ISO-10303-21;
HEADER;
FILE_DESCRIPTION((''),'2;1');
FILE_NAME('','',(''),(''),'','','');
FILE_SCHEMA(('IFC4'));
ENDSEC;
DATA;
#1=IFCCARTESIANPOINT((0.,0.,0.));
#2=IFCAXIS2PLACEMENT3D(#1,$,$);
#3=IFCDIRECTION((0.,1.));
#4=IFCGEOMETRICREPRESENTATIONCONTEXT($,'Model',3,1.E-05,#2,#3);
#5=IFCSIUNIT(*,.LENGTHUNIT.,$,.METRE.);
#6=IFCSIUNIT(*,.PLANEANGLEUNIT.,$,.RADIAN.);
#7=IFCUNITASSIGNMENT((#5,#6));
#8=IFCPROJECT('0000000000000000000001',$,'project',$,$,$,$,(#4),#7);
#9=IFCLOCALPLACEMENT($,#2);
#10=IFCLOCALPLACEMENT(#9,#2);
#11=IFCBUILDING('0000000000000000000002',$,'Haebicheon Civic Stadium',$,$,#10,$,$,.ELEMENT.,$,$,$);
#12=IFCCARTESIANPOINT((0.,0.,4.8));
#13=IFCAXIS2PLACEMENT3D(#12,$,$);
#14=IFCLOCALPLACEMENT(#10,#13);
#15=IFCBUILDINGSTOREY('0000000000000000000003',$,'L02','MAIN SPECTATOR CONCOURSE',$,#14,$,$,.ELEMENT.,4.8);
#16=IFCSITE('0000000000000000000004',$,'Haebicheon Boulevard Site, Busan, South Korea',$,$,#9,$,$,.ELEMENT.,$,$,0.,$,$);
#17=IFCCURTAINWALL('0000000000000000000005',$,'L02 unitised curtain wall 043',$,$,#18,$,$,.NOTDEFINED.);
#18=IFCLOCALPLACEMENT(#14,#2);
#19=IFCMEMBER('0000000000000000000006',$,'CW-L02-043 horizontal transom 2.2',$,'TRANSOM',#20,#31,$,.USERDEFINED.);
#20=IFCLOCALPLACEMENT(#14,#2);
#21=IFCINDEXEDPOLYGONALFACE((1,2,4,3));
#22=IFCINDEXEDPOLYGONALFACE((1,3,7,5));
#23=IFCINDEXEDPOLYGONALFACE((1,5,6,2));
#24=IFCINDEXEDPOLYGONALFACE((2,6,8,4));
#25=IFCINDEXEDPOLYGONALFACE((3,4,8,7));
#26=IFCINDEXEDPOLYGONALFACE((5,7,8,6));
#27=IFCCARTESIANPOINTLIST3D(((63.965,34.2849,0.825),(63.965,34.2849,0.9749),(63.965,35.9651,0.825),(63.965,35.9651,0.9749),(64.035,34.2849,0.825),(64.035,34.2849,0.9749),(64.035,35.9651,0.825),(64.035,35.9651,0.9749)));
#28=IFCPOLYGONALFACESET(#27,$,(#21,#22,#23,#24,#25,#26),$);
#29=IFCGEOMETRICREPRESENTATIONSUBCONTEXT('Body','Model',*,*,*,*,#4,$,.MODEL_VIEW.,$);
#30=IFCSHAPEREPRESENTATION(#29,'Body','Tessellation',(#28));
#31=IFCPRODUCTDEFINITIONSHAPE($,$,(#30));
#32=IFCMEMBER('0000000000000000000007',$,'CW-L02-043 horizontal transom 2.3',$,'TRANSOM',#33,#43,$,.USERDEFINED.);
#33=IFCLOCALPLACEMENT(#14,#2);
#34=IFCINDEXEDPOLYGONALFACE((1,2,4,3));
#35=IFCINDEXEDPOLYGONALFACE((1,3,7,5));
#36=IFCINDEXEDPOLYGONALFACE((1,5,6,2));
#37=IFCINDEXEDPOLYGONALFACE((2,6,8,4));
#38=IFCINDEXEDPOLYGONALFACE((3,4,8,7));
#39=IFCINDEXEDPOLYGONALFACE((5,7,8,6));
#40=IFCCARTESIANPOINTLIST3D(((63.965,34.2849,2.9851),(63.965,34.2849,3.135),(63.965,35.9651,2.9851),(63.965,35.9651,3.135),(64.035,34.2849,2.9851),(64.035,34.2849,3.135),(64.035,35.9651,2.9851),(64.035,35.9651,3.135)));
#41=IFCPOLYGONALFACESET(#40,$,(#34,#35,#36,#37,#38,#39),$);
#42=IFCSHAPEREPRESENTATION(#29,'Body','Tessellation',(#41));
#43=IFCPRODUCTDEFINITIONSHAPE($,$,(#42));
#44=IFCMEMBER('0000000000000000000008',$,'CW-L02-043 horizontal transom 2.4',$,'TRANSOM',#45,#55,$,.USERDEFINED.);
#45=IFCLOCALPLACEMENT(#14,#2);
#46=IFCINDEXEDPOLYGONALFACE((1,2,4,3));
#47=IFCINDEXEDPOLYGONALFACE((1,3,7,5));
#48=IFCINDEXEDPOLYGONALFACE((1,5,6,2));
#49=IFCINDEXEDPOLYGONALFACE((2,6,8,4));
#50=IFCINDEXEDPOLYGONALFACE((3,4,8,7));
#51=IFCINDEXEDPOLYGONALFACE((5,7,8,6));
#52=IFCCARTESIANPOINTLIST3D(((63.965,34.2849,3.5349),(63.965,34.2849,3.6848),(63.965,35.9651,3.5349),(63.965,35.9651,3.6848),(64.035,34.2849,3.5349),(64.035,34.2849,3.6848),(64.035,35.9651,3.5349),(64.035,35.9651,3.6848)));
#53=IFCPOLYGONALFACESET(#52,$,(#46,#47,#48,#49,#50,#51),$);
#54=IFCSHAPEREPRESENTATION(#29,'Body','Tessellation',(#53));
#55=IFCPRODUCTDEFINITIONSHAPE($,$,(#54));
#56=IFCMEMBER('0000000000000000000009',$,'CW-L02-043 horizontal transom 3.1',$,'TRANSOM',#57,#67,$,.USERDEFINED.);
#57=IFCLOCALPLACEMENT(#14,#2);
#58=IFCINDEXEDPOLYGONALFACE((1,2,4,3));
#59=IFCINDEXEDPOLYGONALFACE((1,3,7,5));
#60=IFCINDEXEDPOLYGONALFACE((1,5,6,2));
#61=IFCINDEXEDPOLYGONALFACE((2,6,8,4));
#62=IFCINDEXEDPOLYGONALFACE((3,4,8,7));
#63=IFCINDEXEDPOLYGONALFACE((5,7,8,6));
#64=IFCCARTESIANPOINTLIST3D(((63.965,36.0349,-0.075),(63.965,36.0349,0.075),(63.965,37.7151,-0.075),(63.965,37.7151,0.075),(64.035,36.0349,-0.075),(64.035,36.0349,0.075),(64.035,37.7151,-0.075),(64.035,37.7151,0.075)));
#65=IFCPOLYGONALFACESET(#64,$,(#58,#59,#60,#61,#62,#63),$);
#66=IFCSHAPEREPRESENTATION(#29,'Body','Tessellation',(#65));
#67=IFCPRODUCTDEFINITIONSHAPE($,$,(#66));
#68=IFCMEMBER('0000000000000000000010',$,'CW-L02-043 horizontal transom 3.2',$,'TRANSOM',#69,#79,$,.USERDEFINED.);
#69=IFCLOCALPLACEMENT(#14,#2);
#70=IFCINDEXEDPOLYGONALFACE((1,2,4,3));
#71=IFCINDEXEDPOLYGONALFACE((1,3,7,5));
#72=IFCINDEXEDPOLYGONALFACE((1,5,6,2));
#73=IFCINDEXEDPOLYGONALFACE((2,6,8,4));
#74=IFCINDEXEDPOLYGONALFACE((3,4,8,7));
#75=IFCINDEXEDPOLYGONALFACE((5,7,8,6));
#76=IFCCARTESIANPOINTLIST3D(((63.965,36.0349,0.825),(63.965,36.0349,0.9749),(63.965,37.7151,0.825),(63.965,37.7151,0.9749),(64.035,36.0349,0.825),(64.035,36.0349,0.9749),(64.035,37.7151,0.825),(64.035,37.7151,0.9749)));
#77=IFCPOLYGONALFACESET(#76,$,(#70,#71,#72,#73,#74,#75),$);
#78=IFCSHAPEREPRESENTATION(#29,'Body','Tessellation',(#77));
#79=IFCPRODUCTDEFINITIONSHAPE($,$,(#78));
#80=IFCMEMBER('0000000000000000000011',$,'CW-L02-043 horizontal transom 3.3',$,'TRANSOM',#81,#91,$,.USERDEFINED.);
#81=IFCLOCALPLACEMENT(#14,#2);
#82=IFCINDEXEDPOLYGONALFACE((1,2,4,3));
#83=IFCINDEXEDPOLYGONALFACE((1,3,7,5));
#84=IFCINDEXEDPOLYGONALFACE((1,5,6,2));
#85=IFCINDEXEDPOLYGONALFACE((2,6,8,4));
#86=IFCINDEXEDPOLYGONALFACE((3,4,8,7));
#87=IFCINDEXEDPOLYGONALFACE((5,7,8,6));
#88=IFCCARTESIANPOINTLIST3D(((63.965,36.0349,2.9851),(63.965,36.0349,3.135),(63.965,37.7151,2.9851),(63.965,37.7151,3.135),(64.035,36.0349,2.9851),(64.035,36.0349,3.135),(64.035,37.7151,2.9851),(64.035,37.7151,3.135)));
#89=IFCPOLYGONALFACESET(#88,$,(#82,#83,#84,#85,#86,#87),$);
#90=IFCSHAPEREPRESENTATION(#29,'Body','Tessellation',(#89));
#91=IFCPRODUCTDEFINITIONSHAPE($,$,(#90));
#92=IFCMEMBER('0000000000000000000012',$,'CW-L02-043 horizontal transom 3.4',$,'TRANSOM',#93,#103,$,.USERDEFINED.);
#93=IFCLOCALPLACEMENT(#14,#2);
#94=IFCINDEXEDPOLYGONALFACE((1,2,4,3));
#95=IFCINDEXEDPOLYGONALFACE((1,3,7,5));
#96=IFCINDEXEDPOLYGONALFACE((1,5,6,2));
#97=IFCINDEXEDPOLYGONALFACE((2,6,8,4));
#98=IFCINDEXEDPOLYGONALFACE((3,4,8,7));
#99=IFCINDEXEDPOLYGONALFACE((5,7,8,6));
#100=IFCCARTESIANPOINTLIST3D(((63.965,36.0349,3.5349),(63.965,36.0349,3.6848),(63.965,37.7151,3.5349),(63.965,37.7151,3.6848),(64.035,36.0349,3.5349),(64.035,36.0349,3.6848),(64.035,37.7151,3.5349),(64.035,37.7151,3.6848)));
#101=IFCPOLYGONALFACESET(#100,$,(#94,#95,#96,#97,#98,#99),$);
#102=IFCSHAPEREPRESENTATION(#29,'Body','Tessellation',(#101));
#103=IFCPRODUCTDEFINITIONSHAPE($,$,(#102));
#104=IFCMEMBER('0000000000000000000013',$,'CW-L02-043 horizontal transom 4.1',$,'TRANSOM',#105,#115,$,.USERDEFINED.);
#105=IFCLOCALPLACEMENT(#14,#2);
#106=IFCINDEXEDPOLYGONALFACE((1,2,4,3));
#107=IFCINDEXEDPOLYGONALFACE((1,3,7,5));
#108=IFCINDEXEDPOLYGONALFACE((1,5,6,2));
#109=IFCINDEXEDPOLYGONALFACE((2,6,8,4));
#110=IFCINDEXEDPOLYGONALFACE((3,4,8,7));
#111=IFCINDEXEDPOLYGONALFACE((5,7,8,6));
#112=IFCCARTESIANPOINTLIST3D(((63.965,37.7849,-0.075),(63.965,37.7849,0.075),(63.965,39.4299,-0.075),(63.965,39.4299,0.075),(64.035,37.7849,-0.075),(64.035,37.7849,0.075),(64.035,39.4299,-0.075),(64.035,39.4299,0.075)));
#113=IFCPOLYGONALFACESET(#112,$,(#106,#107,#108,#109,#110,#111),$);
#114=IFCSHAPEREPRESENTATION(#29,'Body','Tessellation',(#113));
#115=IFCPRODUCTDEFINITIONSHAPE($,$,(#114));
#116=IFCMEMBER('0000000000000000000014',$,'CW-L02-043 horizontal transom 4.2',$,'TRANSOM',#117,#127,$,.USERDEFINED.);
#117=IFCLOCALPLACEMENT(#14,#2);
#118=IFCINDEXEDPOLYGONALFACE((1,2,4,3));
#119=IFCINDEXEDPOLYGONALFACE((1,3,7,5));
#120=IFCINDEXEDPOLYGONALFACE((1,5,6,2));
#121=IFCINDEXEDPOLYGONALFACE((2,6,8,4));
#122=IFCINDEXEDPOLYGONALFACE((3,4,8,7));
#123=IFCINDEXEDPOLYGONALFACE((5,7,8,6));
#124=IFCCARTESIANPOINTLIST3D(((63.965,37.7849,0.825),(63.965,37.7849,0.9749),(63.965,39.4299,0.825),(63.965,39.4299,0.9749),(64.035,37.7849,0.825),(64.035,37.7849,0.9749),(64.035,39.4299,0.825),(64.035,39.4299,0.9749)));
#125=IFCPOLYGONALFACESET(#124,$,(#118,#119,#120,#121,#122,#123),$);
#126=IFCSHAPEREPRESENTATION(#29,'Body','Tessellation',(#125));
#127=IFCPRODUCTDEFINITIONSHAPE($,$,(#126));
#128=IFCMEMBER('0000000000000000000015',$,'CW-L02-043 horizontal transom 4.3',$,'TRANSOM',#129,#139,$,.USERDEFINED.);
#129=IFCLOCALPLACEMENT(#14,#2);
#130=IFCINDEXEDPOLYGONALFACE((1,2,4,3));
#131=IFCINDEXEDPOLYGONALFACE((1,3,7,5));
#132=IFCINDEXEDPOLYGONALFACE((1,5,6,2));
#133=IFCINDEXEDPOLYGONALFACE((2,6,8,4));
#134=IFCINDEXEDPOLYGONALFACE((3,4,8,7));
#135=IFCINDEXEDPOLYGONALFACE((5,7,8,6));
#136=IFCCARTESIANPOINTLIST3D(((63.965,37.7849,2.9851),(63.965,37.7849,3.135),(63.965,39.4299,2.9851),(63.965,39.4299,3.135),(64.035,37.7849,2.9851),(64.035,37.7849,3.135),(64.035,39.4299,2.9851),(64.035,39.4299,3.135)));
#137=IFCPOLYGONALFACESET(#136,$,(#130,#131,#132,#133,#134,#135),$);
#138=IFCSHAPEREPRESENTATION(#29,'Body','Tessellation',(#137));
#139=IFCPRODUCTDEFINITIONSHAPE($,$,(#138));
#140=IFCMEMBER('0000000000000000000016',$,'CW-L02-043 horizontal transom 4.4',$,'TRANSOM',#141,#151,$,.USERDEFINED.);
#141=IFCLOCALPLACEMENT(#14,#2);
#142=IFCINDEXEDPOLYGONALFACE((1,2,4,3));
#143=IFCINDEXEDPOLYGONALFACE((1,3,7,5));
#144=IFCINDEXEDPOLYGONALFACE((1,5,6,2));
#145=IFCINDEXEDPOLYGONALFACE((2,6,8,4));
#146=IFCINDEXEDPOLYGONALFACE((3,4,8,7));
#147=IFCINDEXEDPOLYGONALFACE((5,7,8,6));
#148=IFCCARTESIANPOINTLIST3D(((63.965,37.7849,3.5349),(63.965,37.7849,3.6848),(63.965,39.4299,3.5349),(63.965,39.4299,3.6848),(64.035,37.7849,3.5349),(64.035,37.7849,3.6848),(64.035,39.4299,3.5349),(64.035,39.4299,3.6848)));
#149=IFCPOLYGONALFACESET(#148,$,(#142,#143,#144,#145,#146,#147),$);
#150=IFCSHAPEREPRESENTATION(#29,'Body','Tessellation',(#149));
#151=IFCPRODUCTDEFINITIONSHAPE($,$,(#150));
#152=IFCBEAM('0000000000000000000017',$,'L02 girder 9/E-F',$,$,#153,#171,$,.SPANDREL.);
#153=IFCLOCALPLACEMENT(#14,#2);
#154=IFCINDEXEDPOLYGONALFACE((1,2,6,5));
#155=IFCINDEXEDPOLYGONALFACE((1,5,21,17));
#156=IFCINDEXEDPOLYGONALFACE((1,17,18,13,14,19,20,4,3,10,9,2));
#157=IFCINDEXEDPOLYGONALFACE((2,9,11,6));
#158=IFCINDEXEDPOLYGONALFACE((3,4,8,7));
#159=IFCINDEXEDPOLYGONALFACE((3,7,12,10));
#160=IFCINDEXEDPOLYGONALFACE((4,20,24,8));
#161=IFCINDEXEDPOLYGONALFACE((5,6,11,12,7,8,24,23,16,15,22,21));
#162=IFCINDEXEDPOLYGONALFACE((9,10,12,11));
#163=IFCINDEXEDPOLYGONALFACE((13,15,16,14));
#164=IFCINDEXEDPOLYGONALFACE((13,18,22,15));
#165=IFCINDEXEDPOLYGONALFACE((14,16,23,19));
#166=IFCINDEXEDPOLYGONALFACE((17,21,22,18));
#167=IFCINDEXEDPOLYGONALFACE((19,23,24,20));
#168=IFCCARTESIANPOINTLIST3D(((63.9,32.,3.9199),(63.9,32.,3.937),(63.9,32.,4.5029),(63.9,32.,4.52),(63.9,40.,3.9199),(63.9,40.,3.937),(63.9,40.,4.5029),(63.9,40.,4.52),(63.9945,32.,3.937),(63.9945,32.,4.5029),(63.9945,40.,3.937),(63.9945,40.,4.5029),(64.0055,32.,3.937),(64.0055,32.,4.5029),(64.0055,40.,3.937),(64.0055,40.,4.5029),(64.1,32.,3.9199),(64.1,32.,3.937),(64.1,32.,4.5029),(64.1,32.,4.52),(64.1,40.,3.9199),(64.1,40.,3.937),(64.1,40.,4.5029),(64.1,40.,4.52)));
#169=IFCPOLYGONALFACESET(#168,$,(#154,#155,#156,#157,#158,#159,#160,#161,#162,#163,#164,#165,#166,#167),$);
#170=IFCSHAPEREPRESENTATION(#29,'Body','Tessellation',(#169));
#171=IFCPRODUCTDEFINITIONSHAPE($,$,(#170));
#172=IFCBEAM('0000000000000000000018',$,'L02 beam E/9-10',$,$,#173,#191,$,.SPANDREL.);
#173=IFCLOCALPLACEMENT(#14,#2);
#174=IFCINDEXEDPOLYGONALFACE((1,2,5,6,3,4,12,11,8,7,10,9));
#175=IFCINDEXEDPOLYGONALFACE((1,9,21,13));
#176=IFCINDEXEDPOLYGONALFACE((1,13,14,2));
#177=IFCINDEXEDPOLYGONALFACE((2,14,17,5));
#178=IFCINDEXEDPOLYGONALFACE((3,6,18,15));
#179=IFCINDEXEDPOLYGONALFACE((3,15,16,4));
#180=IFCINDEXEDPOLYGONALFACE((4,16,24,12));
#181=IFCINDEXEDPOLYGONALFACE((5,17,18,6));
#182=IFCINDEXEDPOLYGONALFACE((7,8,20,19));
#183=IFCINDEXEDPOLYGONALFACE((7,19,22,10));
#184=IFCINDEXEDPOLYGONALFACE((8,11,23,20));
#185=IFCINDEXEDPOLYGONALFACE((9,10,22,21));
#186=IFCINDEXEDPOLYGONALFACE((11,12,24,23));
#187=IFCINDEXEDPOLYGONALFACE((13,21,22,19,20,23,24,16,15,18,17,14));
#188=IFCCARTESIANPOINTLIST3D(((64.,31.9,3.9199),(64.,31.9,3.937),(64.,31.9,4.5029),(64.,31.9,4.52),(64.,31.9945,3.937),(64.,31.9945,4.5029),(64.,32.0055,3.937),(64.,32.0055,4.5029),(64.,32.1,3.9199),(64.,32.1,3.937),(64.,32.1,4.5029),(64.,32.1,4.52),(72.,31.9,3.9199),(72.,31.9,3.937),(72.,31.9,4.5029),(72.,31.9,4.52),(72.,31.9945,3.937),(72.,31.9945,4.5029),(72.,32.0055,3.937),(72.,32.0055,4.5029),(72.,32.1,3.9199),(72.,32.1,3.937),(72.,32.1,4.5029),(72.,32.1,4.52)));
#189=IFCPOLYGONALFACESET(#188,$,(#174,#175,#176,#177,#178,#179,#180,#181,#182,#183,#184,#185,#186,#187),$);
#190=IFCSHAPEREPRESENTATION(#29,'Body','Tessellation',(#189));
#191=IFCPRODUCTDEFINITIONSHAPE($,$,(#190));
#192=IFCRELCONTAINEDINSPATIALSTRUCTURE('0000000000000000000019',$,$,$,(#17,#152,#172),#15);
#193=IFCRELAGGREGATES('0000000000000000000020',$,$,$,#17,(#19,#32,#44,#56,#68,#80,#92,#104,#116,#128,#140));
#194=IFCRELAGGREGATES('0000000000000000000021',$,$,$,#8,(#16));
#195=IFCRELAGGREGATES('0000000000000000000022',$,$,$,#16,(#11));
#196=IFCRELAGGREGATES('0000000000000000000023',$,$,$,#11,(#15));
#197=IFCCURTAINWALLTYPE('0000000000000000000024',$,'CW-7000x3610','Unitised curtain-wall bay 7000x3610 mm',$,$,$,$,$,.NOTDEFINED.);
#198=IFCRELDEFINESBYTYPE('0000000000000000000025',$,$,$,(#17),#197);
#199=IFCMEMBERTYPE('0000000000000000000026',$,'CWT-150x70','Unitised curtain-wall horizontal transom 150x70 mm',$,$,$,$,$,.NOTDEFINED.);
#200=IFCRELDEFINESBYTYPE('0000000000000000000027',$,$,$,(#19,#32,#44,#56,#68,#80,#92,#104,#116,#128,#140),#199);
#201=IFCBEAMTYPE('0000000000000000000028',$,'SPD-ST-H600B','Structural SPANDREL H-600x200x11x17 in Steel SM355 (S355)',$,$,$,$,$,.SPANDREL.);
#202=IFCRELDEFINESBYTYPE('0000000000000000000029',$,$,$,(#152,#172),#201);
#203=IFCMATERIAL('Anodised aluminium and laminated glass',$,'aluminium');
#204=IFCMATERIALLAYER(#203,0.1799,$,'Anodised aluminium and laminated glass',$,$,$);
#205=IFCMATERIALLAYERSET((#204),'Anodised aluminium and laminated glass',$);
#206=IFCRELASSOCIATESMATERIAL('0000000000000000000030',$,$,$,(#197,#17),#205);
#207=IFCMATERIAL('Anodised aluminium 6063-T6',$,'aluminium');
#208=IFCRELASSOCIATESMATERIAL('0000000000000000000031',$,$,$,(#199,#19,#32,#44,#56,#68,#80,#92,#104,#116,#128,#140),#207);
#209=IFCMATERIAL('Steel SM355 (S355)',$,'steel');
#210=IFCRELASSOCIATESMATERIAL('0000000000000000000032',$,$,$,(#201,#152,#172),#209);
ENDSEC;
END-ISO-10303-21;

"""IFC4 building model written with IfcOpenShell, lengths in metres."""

from ifc_helpers import new_model, si_unit, direction, frame, origin, origin_2d, place, context, subcontext, project, spatial, rectangle, i_section, extrude, material, layer, layer_set, material_profile, profile_set, type_object, element, aggregate, save


model = new_model("IFC4")

# Units and contexts
model_context = context("Model", 3, precision=1e-05, world=origin(), true_north=direction((0.0, 1.0)))
body_context = subcontext(model_context, "Body", "Model", "MODEL_VIEW")
ifc_project = project(units=[si_unit("LENGTHUNIT", "METRE"), si_unit("PLANEANGLEUNIT", "RADIAN")], contexts=[model_context])

# Site, building, storey
site_placement = place(None, origin())
site = spatial("IfcSite", under=ifc_project, at=site_placement, Name="Haebicheon Boulevard Site, Busan, South Korea", CompositionType="ELEMENT", RefElevation=0.0)
building_placement = place(site_placement, origin())
building = spatial("IfcBuilding", under=site, at=building_placement, Name="Haebicheon Civic Stadium", CompositionType="ELEMENT")
storey_placement = place(building_placement, frame((0.0, 0.0, 4.8)))
storey = spatial("IfcBuildingStorey", under=building, at=storey_placement, Name="L02", Description="MAIN SPECTATOR CONCOURSE", CompositionType="ELEMENT", Elevation=4.8)

# Curtain wall, members
ifc_material_1 = material(Name="Anodised aluminium and laminated glass", Category="aluminium")
ifc_layer_1 = layer(ifc_material_1, 0.1799, Name="Anodised aluminium and laminated glass")
ifc_layer_set_1 = layer_set([ifc_layer_1], Name="Anodised aluminium and laminated glass")
curtain_wall_type = type_object("IfcCurtainWallType", Name="CW-7000x3610", Description="Unitised curtain-wall bay 7000x3610 mm", PredefinedType="NOTDEFINED", material=ifc_layer_set_1)
curtain_wall_placement = place(storey_placement, origin())
curtain_wall = element("IfcCurtainWall", 1, at=curtain_wall_placement, inside=storey, type_object=curtain_wall_type, material=ifc_layer_set_1, Name="L02 unitised curtain wall 043", PredefinedType="NOTDEFINED")
ifc_material_2 = material(Name="Anodised aluminium 6063-T6", Category="aluminium")
ifc_material_profile_1 = material_profile(ifc_material_2, rectangle(XDim=0.0701, YDim=0.1499, at=origin_2d()), Name="ALU-TRAN-70x150")
ifc_profile_set_1 = profile_set([ifc_material_profile_1], Name="Anodised aluminium 6063-T6")
member_type_1 = type_object("IfcMemberType", Name="CWT-150x70", Description="Unitised curtain-wall horizontal transom 150x70 mm", PredefinedType="NOTDEFINED", material=ifc_profile_set_1)
member_1_placement = place(storey_placement, frame((64.0, 34.2849, 0.8999), z_axis=(0.0, 1.0, 0.0), x_axis=(-1.0, 0.0, 0.0)))
member_1 = element("IfcMember", 2, at=member_1_placement, type_object=member_type_1, material=ifc_profile_set_1, Name="CW-L02-043 horizontal transom 2.2", ObjectType="TRANSOM", PredefinedType="USERDEFINED", context=body_context, shape_type="SweptSolid", body=[
    extrude(rectangle(XDim=0.0701, YDim=0.1499, at=origin_2d()), origin(), (0.0, 0.0, 1.0), 1.6802),
])
member_2_placement = place(storey_placement, frame((64.0, 34.2849, 3.0601), z_axis=(0.0, 1.0, 0.0), x_axis=(-1.0, 0.0, 0.0)))
member_2 = element("IfcMember", 3, at=member_2_placement, type_object=member_type_1, material=ifc_profile_set_1, Name="CW-L02-043 horizontal transom 2.3", ObjectType="TRANSOM", PredefinedType="USERDEFINED", context=body_context, shape_type="SweptSolid", body=[
    extrude(rectangle(XDim=0.0701, YDim=0.1499, at=origin_2d()), origin(), (0.0, 0.0, 1.0), 1.6802),
])
member_3_placement = place(storey_placement, frame((64.0, 34.2849, 3.6099), z_axis=(0.0, 1.0, 0.0), x_axis=(-1.0, 0.0, 0.0)))
member_3 = element("IfcMember", 4, at=member_3_placement, type_object=member_type_1, material=ifc_profile_set_1, Name="CW-L02-043 horizontal transom 2.4", ObjectType="TRANSOM", PredefinedType="USERDEFINED", context=body_context, shape_type="SweptSolid", body=[
    extrude(rectangle(XDim=0.0701, YDim=0.1499, at=origin_2d()), origin(), (0.0, 0.0, 1.0), 1.6802),
])
member_4_placement = place(storey_placement, frame((64.0, 36.0349, 0.0), z_axis=(0.0, 1.0, 0.0), x_axis=(-1.0, 0.0, 0.0)))
member_4 = element("IfcMember", 5, at=member_4_placement, type_object=member_type_1, material=ifc_profile_set_1, Name="CW-L02-043 horizontal transom 3.1", ObjectType="TRANSOM", PredefinedType="USERDEFINED", context=body_context, shape_type="SweptSolid", body=[
    extrude(rectangle(XDim=0.0701, YDim=0.1499, at=origin_2d()), origin(), (0.0, 0.0, 1.0), 1.6802),
])
member_5_placement = place(storey_placement, frame((64.0, 36.0349, 0.8999), z_axis=(0.0, 1.0, 0.0), x_axis=(-1.0, 0.0, 0.0)))
member_5 = element("IfcMember", 6, at=member_5_placement, type_object=member_type_1, material=ifc_profile_set_1, Name="CW-L02-043 horizontal transom 3.2", ObjectType="TRANSOM", PredefinedType="USERDEFINED", context=body_context, shape_type="SweptSolid", body=[
    extrude(rectangle(XDim=0.0701, YDim=0.1499, at=origin_2d()), origin(), (0.0, 0.0, 1.0), 1.6802),
])
member_6_placement = place(storey_placement, frame((64.0, 36.0349, 3.0601), z_axis=(0.0, 1.0, 0.0), x_axis=(-1.0, 0.0, 0.0)))
member_6 = element("IfcMember", 7, at=member_6_placement, type_object=member_type_1, material=ifc_profile_set_1, Name="CW-L02-043 horizontal transom 3.3", ObjectType="TRANSOM", PredefinedType="USERDEFINED", context=body_context, shape_type="SweptSolid", body=[
    extrude(rectangle(XDim=0.0701, YDim=0.1499, at=origin_2d()), origin(), (0.0, 0.0, 1.0), 1.6802),
])
member_7_placement = place(storey_placement, frame((64.0, 36.0349, 3.6099), z_axis=(0.0, 1.0, 0.0), x_axis=(-1.0, 0.0, 0.0)))
member_7 = element("IfcMember", 8, at=member_7_placement, type_object=member_type_1, material=ifc_profile_set_1, Name="CW-L02-043 horizontal transom 3.4", ObjectType="TRANSOM", PredefinedType="USERDEFINED", context=body_context, shape_type="SweptSolid", body=[
    extrude(rectangle(XDim=0.0701, YDim=0.1499, at=origin_2d()), origin(), (0.0, 0.0, 1.0), 1.6802),
])
member_8_placement = place(storey_placement, frame((64.0, 37.7849, 0.0), z_axis=(0.0, 1.0, 0.0), x_axis=(-1.0, 0.0, 0.0)))
member_8 = element("IfcMember", 9, at=member_8_placement, type_object=member_type_1, material=ifc_profile_set_1, Name="CW-L02-043 horizontal transom 4.1", ObjectType="TRANSOM", PredefinedType="USERDEFINED", context=body_context, shape_type="SweptSolid", body=[
    extrude(rectangle(XDim=0.0701, YDim=0.1499, at=origin_2d()), origin(), (0.0, 0.0, 1.0), 1.645),
])
member_9_placement = place(storey_placement, frame((64.0, 37.7849, 0.8999), z_axis=(0.0, 1.0, 0.0), x_axis=(-1.0, 0.0, 0.0)))
member_9 = element("IfcMember", 10, at=member_9_placement, type_object=member_type_1, material=ifc_profile_set_1, Name="CW-L02-043 horizontal transom 4.2", ObjectType="TRANSOM", PredefinedType="USERDEFINED", context=body_context, shape_type="SweptSolid", body=[
    extrude(rectangle(XDim=0.0701, YDim=0.1499, at=origin_2d()), origin(), (0.0, 0.0, 1.0), 1.645),
])
member_10_placement = place(storey_placement, frame((64.0, 37.7849, 3.0601), z_axis=(0.0, 1.0, 0.0), x_axis=(-1.0, 0.0, 0.0)))
member_10 = element("IfcMember", 11, at=member_10_placement, type_object=member_type_1, material=ifc_profile_set_1, Name="CW-L02-043 horizontal transom 4.3", ObjectType="TRANSOM", PredefinedType="USERDEFINED", context=body_context, shape_type="SweptSolid", body=[
    extrude(rectangle(XDim=0.0701, YDim=0.1499, at=origin_2d()), origin(), (0.0, 0.0, 1.0), 1.645),
])
member_11_placement = place(storey_placement, frame((64.0, 37.7849, 3.6099), z_axis=(0.0, 1.0, 0.0), x_axis=(-1.0, 0.0, 0.0)))
member_11 = element("IfcMember", 12, at=member_11_placement, type_object=member_type_1, material=ifc_profile_set_1, Name="CW-L02-043 horizontal transom 4.4", ObjectType="TRANSOM", PredefinedType="USERDEFINED", context=body_context, shape_type="SweptSolid", body=[
    extrude(rectangle(XDim=0.0701, YDim=0.1499, at=origin_2d()), origin(), (0.0, 0.0, 1.0), 1.645),
])

# Beams
ifc_material_3 = material(Name="Steel SM355 (S355)", Category="steel")
ifc_material_profile_2 = material_profile(ifc_material_3, i_section(OverallWidth=0.2, OverallDepth=0.6001, WebThickness=0.011, FlangeThickness=0.0171, at=origin_2d()), Name="H-600x200x11x17")
ifc_profile_set_2 = profile_set([ifc_material_profile_2], Name="Steel SM355 (S355)")
beam_type_1 = type_object("IfcBeamType", Name="SPD-ST-H600B", Description="Structural SPANDREL H-600x200x11x17 in Steel SM355 (S355)", PredefinedType="SPANDREL", material=ifc_profile_set_2)
for number, where, z_axis, x_axis, name in (
    (13, (64.0, 32.0, 4.22), (0.0, 1.0, 0.0), (-1.0, 0.0, 0.0), "L02 girder 9/E-F"),
    (14, (64.0, 32.0, 4.22), (1.0, 0.0, 0.0), (0.0, 1.0, 0.0), "L02 beam E/9-10"),
):
    element("IfcBeam", number, at=place(storey_placement, frame(where, z_axis=z_axis, x_axis=x_axis)), inside=storey, type_object=beam_type_1, material=ifc_profile_set_2, Name=name, PredefinedType="SPANDREL", context=body_context, shape_type="SweptSolid", body=[
        extrude(i_section(OverallWidth=0.2, OverallDepth=0.6001, WebThickness=0.011, FlangeThickness=0.0171, at=origin_2d()), origin(), (0.0, 0.0, 1.0), 8.0),
    ])

aggregate(curtain_wall, [member_1, member_2, member_3, member_4, member_5, member_6, member_7, member_8, member_9, member_10, member_11])

save(model, "model.ifc")
